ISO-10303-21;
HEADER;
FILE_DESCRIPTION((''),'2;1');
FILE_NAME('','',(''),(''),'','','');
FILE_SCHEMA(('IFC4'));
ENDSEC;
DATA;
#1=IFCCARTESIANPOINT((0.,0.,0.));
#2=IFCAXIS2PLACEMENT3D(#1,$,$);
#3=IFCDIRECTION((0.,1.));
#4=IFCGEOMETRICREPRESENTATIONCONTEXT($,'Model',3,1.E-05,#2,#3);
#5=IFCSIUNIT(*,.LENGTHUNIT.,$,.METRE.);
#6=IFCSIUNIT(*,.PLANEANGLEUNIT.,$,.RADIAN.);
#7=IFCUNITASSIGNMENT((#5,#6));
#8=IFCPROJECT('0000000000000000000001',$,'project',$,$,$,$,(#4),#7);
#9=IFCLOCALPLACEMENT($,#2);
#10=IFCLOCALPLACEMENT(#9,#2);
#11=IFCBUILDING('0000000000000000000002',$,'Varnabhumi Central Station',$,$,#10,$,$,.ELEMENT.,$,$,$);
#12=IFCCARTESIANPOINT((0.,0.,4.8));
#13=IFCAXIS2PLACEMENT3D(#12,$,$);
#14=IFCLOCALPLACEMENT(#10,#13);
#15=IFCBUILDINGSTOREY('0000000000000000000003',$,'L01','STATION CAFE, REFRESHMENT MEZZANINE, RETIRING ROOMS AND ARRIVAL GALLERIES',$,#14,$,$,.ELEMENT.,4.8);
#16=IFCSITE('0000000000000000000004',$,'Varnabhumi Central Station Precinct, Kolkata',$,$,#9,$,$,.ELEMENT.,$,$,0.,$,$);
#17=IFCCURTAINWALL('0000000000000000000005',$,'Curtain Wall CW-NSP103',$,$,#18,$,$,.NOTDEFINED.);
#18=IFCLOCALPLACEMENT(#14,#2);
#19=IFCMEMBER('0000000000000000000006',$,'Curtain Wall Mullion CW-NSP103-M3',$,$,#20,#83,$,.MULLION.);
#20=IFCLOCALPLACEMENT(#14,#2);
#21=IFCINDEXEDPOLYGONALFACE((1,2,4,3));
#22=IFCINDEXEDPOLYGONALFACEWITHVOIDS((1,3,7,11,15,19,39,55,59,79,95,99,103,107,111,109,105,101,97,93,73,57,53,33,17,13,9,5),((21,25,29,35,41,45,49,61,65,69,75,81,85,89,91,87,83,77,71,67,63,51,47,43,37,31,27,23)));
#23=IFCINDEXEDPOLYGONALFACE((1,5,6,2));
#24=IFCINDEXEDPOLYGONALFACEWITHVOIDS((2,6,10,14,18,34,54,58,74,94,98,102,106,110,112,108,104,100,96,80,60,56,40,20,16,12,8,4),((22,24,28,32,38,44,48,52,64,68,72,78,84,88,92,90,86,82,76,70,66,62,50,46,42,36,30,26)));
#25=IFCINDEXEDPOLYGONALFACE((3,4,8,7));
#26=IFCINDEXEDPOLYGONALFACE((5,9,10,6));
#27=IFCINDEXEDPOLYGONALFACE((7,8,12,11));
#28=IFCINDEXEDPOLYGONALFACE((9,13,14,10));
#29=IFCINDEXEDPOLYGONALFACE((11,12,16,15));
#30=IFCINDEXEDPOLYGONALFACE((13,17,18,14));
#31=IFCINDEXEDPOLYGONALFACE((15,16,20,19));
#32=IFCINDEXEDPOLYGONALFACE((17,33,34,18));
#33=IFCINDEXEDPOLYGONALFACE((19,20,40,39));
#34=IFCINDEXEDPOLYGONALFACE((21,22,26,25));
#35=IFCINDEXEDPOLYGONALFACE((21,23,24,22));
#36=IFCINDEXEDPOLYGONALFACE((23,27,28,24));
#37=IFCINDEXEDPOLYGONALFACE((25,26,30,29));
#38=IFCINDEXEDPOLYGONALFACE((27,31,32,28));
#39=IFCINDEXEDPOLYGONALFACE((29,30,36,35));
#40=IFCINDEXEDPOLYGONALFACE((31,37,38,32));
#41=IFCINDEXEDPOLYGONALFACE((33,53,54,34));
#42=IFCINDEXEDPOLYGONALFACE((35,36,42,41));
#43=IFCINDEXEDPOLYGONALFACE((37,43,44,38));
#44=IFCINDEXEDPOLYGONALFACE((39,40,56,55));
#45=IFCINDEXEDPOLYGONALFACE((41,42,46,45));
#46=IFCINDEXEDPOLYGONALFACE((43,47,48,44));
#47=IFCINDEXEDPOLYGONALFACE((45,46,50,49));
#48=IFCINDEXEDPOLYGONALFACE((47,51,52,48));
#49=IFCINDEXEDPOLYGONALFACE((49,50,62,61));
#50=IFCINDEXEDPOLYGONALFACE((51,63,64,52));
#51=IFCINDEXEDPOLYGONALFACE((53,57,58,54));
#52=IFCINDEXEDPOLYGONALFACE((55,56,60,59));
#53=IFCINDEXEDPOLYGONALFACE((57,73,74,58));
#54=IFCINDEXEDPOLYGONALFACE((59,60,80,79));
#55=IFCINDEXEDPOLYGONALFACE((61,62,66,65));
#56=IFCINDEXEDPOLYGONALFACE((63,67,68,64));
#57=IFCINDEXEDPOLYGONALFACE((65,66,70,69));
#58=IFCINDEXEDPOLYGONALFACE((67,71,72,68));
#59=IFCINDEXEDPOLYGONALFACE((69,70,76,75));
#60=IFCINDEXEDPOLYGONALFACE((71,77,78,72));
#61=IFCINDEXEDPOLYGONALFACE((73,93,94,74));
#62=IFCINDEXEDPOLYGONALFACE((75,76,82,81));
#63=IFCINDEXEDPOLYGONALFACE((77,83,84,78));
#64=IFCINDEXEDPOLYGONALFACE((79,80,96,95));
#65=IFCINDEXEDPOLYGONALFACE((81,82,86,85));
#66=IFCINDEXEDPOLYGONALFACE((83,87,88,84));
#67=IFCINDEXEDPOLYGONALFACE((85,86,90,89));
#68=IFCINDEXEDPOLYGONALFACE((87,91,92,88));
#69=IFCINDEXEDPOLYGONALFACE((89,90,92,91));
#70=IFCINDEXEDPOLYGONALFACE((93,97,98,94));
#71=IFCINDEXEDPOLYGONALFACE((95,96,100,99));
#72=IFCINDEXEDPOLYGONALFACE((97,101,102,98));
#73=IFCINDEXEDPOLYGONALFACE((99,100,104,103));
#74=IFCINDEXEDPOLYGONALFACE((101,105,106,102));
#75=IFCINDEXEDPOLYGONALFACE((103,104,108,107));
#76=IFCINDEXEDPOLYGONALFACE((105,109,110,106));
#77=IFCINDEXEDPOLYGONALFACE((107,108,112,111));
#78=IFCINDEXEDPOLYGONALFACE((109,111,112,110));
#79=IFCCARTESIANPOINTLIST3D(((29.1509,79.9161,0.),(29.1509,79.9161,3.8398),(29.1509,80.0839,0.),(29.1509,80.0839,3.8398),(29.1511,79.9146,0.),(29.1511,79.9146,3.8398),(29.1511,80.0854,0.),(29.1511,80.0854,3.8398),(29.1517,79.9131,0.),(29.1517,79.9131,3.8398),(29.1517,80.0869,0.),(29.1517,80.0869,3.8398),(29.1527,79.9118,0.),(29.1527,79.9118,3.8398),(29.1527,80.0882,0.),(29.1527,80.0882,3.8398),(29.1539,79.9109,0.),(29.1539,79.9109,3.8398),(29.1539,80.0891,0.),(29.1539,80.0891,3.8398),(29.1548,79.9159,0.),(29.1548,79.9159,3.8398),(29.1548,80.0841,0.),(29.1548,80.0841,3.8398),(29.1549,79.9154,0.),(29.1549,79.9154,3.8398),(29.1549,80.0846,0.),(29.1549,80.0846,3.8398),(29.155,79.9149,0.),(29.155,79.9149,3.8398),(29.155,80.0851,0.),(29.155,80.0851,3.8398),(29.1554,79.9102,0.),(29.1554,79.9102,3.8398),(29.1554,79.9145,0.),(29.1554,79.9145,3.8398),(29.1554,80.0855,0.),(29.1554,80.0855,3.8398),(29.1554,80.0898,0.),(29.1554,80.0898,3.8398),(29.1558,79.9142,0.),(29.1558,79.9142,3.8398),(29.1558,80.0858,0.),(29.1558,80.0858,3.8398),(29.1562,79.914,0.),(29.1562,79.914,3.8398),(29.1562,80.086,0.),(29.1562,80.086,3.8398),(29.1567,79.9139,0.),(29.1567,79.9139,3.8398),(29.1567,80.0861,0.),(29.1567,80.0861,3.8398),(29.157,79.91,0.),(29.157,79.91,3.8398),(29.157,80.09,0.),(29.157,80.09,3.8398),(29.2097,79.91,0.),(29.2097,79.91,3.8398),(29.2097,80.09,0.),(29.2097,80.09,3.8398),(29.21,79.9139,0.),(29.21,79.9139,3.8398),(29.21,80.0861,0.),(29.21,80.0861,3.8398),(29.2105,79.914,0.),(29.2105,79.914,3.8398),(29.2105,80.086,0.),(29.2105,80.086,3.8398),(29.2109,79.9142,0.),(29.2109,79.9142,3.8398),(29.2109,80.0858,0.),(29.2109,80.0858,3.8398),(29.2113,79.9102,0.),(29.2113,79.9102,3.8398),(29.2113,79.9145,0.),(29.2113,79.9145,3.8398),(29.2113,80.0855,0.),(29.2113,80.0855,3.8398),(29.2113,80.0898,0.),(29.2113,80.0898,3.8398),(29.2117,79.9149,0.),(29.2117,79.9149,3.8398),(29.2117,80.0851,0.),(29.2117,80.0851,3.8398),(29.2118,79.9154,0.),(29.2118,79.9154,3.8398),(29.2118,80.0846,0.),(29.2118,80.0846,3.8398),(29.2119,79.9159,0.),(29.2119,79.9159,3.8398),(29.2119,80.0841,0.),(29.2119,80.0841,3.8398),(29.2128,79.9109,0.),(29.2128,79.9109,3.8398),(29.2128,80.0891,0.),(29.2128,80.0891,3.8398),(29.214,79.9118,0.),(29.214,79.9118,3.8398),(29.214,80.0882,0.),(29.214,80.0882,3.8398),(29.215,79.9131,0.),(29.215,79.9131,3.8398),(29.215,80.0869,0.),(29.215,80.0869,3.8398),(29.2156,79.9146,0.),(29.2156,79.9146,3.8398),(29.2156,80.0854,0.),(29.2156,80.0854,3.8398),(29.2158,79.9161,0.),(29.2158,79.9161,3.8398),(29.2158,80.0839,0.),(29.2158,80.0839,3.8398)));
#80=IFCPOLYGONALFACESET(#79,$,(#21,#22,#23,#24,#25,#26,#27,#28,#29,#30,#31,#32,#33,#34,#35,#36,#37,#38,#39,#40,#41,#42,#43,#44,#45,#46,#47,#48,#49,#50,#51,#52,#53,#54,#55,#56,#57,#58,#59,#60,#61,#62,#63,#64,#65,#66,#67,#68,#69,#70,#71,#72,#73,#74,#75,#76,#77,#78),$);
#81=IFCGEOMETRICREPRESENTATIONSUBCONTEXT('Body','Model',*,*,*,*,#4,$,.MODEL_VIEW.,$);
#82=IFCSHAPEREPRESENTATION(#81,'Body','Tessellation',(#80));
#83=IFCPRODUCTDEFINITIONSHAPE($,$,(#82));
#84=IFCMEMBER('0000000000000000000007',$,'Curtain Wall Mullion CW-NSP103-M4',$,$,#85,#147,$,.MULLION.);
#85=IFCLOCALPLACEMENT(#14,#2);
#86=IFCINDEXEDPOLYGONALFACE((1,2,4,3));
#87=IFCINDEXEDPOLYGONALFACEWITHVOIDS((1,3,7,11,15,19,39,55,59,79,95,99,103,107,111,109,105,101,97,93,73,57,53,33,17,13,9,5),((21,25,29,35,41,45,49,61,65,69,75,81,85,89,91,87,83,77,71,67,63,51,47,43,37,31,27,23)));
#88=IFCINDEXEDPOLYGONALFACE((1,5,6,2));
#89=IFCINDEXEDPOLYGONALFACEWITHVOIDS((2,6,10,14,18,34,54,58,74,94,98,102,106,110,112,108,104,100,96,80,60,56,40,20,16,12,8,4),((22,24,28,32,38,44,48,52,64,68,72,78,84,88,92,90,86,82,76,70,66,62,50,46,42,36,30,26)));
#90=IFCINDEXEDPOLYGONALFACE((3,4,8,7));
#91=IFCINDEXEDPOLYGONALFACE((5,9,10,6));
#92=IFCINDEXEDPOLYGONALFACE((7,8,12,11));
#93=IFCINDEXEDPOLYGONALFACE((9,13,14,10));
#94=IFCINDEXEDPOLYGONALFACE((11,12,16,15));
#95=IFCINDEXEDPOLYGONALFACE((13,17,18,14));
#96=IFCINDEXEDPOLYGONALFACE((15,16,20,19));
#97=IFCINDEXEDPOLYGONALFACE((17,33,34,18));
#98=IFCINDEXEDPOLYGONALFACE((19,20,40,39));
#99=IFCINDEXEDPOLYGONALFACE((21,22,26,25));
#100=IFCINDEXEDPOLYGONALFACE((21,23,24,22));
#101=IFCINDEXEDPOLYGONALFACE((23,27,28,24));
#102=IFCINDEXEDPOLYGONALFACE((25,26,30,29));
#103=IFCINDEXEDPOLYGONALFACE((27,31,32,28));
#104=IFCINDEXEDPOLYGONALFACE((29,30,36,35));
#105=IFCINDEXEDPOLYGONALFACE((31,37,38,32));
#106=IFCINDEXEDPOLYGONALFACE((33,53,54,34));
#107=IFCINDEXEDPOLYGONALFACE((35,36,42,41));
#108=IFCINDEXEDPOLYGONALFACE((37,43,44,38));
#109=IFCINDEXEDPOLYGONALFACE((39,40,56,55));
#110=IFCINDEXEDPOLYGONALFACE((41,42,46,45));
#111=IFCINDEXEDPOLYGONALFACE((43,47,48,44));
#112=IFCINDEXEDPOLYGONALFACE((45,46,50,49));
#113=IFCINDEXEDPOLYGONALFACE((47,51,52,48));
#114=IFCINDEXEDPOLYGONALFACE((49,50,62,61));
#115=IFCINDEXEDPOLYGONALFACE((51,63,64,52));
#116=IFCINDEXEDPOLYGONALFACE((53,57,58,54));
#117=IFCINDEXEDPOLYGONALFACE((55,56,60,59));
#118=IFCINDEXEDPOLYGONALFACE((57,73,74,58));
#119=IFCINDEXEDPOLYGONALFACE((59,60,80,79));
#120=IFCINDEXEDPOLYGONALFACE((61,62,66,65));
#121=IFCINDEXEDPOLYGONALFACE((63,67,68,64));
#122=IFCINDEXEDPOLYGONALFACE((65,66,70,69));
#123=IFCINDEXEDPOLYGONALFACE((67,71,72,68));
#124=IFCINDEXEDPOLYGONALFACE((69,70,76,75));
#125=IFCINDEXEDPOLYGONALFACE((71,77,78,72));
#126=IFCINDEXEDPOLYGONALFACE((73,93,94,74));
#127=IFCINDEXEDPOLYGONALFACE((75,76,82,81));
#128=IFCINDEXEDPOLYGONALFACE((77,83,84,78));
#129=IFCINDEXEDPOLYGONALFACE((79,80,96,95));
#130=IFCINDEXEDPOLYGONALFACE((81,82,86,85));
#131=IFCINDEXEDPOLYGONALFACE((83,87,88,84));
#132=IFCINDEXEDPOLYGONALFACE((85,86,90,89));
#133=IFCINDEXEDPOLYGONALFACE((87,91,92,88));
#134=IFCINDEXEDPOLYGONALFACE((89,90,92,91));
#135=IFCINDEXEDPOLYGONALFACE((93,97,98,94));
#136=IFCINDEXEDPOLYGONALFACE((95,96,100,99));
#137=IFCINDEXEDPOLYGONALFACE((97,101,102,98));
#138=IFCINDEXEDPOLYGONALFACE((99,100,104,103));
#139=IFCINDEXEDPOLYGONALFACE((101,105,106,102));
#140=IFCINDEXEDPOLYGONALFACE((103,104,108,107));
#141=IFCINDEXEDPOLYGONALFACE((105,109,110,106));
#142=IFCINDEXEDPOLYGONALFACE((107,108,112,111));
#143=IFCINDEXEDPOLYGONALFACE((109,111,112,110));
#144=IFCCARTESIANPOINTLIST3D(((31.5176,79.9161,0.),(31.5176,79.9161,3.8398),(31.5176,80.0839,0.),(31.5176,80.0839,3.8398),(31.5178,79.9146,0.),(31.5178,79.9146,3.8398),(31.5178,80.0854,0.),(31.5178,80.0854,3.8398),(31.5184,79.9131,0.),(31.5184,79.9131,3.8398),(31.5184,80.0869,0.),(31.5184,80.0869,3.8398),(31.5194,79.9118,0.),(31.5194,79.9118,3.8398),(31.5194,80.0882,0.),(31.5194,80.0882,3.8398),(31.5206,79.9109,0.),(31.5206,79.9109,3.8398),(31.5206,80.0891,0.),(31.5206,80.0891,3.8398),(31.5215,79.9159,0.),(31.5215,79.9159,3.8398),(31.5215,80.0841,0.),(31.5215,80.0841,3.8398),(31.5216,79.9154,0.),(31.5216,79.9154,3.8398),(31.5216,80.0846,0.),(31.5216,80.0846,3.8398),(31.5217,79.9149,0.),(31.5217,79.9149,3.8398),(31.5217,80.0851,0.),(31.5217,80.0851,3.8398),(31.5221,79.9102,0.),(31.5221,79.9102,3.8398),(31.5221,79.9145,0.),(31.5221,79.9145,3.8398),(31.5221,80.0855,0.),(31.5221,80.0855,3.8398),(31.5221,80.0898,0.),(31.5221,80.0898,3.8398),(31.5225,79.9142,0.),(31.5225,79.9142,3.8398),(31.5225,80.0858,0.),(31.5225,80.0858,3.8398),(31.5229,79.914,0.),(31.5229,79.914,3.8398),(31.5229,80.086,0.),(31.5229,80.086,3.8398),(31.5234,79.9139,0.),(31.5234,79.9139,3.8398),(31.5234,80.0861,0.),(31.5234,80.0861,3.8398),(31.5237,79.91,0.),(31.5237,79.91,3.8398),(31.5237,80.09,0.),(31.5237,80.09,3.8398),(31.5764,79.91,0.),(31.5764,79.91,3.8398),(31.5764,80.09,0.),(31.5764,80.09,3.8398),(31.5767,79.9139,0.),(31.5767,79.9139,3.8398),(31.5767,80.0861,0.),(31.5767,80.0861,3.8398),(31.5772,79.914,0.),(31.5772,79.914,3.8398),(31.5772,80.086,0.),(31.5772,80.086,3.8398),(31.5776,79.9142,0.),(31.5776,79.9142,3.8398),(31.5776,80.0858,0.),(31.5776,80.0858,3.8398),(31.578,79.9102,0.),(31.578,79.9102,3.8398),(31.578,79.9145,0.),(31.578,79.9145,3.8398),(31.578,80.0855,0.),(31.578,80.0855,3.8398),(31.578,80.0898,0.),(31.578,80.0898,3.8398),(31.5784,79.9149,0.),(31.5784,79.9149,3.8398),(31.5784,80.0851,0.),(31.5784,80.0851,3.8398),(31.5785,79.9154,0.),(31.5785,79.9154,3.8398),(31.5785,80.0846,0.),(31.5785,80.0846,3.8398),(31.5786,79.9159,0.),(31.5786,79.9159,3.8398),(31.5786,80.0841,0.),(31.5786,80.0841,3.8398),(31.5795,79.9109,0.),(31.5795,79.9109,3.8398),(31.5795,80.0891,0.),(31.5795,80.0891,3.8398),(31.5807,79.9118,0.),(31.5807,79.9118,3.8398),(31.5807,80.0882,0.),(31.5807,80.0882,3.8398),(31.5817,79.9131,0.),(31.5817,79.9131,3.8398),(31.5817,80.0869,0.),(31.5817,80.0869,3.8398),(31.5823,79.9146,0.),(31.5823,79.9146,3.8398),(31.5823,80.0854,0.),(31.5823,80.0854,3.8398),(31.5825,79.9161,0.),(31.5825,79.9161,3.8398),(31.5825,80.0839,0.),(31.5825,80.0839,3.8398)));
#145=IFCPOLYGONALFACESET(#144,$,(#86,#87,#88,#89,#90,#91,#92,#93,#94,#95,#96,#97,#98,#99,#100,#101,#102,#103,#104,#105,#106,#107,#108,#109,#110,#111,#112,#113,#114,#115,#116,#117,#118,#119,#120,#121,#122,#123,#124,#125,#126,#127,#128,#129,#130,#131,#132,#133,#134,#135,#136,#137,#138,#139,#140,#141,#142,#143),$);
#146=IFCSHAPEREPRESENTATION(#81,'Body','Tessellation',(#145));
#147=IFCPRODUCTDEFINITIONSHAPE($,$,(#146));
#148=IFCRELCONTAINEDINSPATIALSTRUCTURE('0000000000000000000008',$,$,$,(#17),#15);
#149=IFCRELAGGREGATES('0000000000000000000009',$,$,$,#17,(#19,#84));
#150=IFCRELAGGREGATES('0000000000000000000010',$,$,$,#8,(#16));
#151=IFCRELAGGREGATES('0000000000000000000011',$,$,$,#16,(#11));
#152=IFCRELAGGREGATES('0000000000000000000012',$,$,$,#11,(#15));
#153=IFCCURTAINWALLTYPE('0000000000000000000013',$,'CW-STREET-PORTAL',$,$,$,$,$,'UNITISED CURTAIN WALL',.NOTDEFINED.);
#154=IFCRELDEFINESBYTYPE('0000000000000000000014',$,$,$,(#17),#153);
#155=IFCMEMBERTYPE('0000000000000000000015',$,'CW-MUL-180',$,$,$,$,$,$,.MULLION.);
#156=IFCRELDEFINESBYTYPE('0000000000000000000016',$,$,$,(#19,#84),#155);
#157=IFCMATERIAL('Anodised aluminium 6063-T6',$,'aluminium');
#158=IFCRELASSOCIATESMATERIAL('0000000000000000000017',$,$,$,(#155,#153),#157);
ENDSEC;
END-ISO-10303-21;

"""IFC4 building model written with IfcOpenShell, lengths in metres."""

from ifc_helpers import new_model, si_unit, direction, frame, origin, origin_2d, place, context, subcontext, project, spatial, hollow_rectangle, extrude, material, material_profile, profile_set, type_object, element, aggregate, save


model = new_model("IFC4")

# Units and contexts
model_context = context("Model", 3, precision=1e-05, world=origin(), true_north=direction((0.0, 1.0)))
body_context = subcontext(model_context, "Body", "Model", "MODEL_VIEW")
ifc_project = project(units=[si_unit("LENGTHUNIT", "METRE"), si_unit("PLANEANGLEUNIT", "RADIAN")], contexts=[model_context])

# Site, building, storey
site_placement = place(None, origin())
site = spatial("IfcSite", under=ifc_project, at=site_placement, Name="Varnabhumi Central Station Precinct, Kolkata", CompositionType="ELEMENT", RefElevation=0.0)
building_placement = place(site_placement, origin())
building = spatial("IfcBuilding", under=site, at=building_placement, Name="Varnabhumi Central Station", CompositionType="ELEMENT")
storey_placement = place(building_placement, frame((0.0, 0.0, 4.8)))
storey = spatial("IfcBuildingStorey", under=building, at=storey_placement, Name="L01", Description="STATION CAFE, REFRESHMENT MEZZANINE, RETIRING ROOMS AND ARRIVAL GALLERIES", CompositionType="ELEMENT", Elevation=4.8)

# Shared definitions
ifc_material_1 = material(Name="Anodised aluminium 6063-T6", Category="aluminium")
ifc_material_profile_1 = material_profile(ifc_material_1, hollow_rectangle(XDim=0.0649, YDim=0.1799, WallThickness=0.0039, InnerFilletRadius=0.002, OuterFilletRadius=0.0061, at=origin_2d()), Name="Anodised aluminium 6063-T6", Category="aluminium")
ifc_profile_set_1 = profile_set([ifc_material_profile_1], Name="Anodised aluminium 6063-T6")
member_type_1 = type_object("IfcMemberType", Name="CW-MUL-180", PredefinedType="MULLION", material=ifc_profile_set_1)

# Curtain wall, members
curtain_wall_type_1 = type_object("IfcCurtainWallType", Name="CW-STREET-PORTAL", ElementType="UNITISED CURTAIN WALL", PredefinedType="NOTDEFINED", material=ifc_material_1)
curtain_wall_1_placement = place(storey_placement, origin())
curtain_wall_1 = element("IfcCurtainWall", 1, at=curtain_wall_1_placement, inside=storey, type_object=curtain_wall_type_1, Name="Curtain Wall CW-NSP103", PredefinedType="NOTDEFINED")
member_1_placement = place(storey_placement, frame((29.1833, 80.0, 0.0), z_axis=(0.0, 0.0, 1.0), x_axis=(1.0, 0.0, 0.0)))
member_1 = element("IfcMember", 2, at=member_1_placement, type_object=member_type_1, Name="Curtain Wall Mullion CW-NSP103-M3", PredefinedType="MULLION", context=body_context, shape_type="SweptSolid", body=[
    extrude(hollow_rectangle(XDim=0.0649, YDim=0.1799, WallThickness=0.0039, InnerFilletRadius=0.002, OuterFilletRadius=0.0061, at=origin_2d()), origin(), (0.0, 0.0, 1.0), 3.8398),
])
member_2_placement = place(storey_placement, frame((31.55, 80.0, 0.0), z_axis=(0.0, 0.0, 1.0), x_axis=(1.0, 0.0, 0.0)))
member_2 = element("IfcMember", 3, at=member_2_placement, type_object=member_type_1, Name="Curtain Wall Mullion CW-NSP103-M4", PredefinedType="MULLION", context=body_context, shape_type="SweptSolid", body=[
    extrude(hollow_rectangle(XDim=0.0649, YDim=0.1799, WallThickness=0.0039, InnerFilletRadius=0.002, OuterFilletRadius=0.0061, at=origin_2d()), origin(), (0.0, 0.0, 1.0), 3.8398),
])
aggregate(curtain_wall_1, [member_1, member_2])

save(model, "model.ifc")
